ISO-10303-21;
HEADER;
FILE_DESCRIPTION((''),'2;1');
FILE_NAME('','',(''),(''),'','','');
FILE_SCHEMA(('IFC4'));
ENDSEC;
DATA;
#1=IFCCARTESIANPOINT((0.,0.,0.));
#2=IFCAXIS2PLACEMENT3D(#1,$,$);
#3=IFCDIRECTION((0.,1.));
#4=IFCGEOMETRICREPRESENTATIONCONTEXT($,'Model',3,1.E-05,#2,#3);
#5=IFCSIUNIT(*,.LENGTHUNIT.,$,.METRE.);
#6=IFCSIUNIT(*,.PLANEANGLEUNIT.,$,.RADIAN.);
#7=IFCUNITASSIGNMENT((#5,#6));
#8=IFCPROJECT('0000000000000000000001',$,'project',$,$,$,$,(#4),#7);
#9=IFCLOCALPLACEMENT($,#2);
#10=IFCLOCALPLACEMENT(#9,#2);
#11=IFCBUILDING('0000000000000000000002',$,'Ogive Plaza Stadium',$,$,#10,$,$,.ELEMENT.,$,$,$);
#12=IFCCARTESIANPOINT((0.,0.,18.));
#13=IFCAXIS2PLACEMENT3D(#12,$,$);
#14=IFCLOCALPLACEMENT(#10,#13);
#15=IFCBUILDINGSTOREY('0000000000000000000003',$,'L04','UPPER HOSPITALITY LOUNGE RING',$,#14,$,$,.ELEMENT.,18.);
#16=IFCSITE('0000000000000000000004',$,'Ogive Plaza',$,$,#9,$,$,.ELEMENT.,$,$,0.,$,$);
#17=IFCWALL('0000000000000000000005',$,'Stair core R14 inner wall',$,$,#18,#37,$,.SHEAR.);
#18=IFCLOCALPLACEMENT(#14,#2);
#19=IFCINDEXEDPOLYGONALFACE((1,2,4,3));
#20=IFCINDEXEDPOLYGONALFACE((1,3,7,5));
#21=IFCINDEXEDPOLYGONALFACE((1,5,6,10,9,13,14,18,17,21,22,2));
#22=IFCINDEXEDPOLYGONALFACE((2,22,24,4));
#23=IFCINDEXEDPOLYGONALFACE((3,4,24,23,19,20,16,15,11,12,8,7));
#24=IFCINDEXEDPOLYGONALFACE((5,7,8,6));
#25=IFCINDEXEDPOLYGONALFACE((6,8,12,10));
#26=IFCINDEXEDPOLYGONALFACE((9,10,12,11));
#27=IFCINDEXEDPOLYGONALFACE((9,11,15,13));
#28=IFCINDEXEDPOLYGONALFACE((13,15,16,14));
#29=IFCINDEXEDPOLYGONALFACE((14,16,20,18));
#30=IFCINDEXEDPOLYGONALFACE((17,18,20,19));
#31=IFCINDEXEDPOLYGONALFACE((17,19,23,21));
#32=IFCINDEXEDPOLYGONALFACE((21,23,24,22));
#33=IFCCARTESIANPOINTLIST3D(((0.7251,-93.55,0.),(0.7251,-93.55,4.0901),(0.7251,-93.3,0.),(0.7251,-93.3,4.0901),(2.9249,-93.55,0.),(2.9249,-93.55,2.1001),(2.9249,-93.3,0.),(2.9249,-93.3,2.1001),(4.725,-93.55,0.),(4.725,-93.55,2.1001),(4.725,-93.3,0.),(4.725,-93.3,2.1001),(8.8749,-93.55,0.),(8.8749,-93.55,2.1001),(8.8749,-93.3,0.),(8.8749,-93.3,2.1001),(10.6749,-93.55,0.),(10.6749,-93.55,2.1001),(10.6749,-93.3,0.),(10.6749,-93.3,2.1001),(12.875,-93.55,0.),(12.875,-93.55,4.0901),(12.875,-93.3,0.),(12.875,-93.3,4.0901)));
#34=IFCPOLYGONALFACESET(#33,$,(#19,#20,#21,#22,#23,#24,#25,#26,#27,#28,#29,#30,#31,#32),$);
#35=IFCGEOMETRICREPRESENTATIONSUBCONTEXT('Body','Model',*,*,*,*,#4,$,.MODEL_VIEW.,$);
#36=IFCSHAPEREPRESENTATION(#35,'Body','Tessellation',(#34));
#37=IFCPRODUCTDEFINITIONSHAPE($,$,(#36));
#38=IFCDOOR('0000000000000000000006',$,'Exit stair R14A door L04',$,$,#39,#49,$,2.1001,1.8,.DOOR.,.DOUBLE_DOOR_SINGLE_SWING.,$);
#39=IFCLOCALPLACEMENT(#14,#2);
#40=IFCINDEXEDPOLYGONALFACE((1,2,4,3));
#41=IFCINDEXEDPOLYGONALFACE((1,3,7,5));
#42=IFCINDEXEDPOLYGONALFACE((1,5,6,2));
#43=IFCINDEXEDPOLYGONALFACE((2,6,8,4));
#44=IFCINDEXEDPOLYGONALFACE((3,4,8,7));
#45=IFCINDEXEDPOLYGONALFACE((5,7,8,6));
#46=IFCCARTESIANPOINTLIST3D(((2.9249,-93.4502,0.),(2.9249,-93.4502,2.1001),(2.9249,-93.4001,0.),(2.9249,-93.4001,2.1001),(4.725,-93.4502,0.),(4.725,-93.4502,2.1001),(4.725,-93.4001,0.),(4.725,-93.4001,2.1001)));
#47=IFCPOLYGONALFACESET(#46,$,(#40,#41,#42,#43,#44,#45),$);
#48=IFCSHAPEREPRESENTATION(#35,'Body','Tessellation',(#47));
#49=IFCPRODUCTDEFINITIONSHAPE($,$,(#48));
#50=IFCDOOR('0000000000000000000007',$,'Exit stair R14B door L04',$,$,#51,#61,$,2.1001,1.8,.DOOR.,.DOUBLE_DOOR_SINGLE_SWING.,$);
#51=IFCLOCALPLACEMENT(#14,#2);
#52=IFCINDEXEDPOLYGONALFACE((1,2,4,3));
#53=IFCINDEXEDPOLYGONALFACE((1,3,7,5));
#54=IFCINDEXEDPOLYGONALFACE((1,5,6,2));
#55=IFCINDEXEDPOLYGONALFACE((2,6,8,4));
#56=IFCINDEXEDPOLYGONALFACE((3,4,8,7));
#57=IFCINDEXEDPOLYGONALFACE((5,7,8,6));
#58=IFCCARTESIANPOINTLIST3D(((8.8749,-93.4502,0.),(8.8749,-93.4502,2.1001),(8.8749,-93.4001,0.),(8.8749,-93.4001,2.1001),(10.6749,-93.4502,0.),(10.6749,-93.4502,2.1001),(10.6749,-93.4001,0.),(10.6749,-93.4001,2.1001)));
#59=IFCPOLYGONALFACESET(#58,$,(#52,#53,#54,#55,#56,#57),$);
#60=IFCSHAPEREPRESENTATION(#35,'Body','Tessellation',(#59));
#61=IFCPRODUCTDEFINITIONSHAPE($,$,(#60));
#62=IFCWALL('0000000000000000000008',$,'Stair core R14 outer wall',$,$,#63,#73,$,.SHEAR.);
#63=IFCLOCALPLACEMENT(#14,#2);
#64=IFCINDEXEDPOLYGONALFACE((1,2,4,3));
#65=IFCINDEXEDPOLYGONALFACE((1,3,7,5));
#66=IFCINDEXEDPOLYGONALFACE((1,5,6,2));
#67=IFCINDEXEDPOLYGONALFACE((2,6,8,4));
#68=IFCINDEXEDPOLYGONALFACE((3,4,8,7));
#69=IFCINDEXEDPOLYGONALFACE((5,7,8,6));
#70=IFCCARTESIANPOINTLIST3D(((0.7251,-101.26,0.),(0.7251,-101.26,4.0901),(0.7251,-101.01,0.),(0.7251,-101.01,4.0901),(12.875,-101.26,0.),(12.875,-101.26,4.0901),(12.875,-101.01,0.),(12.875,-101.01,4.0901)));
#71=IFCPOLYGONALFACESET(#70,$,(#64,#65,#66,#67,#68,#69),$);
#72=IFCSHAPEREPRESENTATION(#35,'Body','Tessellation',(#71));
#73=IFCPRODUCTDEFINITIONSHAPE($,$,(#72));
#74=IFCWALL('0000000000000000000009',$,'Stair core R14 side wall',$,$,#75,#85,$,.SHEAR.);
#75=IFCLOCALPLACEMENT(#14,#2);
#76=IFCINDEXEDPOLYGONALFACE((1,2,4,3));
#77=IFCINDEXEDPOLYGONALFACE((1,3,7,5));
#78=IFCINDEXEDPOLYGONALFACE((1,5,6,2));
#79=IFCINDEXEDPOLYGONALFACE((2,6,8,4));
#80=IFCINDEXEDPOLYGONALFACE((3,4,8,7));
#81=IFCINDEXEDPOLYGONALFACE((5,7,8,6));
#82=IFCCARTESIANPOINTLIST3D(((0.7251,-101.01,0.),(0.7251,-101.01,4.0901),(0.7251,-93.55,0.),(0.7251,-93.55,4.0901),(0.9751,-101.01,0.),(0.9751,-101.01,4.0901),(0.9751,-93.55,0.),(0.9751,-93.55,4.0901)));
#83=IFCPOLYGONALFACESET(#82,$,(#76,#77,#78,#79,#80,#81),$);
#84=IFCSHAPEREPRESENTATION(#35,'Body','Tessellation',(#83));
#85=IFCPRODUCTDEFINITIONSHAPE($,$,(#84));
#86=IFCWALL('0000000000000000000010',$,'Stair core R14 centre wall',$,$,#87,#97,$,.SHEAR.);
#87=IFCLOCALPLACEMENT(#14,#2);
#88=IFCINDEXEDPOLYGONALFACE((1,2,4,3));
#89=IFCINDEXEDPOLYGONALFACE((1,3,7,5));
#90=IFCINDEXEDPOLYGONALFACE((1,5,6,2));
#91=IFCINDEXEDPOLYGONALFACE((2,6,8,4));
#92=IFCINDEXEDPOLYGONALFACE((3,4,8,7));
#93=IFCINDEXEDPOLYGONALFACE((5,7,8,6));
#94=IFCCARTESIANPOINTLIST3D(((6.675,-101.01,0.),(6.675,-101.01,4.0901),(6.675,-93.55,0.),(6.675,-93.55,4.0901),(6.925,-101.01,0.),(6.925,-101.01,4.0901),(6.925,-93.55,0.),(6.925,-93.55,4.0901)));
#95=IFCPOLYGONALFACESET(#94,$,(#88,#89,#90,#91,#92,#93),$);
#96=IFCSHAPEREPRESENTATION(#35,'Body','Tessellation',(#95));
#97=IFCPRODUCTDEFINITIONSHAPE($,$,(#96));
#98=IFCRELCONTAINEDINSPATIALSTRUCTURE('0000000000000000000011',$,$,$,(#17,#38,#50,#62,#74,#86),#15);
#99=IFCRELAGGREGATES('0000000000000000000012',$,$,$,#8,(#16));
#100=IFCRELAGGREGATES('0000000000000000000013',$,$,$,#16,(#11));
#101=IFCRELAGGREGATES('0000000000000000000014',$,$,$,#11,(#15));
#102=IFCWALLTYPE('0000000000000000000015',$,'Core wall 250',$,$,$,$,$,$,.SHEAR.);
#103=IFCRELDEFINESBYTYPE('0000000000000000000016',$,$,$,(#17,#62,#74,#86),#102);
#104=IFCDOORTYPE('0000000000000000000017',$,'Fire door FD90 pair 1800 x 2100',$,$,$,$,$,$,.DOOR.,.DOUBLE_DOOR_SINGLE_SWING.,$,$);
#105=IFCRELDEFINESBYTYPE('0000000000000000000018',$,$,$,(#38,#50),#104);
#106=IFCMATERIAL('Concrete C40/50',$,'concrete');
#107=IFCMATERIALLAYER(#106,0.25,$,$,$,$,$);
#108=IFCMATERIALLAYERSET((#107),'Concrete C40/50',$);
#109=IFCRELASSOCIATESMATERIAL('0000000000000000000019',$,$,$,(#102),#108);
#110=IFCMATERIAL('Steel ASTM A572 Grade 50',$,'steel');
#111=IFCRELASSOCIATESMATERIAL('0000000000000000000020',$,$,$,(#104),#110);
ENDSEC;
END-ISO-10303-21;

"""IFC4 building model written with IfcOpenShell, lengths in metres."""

from ifc_helpers import new_model, si_unit, direction, frame, frame_2d, origin, place, context, subcontext, project, spatial, rectangle, extrude, material, layer, layer_set, type_object, element, fill, save


model = new_model("IFC4")

# Units and contexts
model_context = context("Model", 3, precision=1e-05, world=origin(), true_north=direction((0.0, 1.0)))
body_context = subcontext(model_context, "Body", "Model", "MODEL_VIEW")
ifc_project = project(units=[si_unit("LENGTHUNIT", "METRE"), si_unit("PLANEANGLEUNIT", "RADIAN")], contexts=[model_context])

# Site, building, storey
site_placement = place(None, origin())
site = spatial("IfcSite", under=ifc_project, at=site_placement, Name="Ogive Plaza", CompositionType="ELEMENT", RefElevation=0.0)
building_placement = place(site_placement, origin())
building = spatial("IfcBuilding", under=site, at=building_placement, Name="Ogive Plaza Stadium", CompositionType="ELEMENT")
storey_placement = place(building_placement, frame((0.0, 0.0, 18.0)))
storey = spatial("IfcBuildingStorey", under=building, at=storey_placement, Name="L04", Description="UPPER HOSPITALITY LOUNGE RING", CompositionType="ELEMENT", Elevation=18.0)

# Wall, openings, doors
ifc_material_1 = material(Name="Concrete C40/50", Category="concrete")
ifc_layer_1 = layer(ifc_material_1, 0.25)
ifc_layer_set_1 = layer_set([ifc_layer_1], Name="Concrete C40/50")
wall_type = type_object("IfcWallType", Name="Core wall 250", PredefinedType="SHEAR", material=ifc_layer_set_1)
wall_1_placement = place(storey_placement, frame((0.7251, -93.425, 0.0), z_axis=(0.0, 0.0, 1.0), x_axis=(1.0, 0.0, 0.0)))
wall_1 = element("IfcWall", 1, at=wall_1_placement, inside=storey, type_object=wall_type, Name="Stair core R14 inner wall", PredefinedType="SHEAR", context=body_context, shape_type="SweptSolid", body=[
    extrude(rectangle(XDim=12.1499, YDim=0.25, at=frame_2d((6.075, 0.0))), origin(), (0.0, 0.0, 1.0), 4.0901),
])
opening_1_placement = place(wall_1_placement, frame((2.2, 0.0, 0.0)))
opening_1 = element("IfcOpeningElement", 2, at=opening_1_placement, cuts=wall_1, PredefinedType="OPENING", context=body_context, shape_type="SweptSolid", body=[
    extrude(rectangle(XDim=1.8, YDim=2.1001, at=frame_2d((0.8999, 1.05))), frame((0.0, 0.125, 0.0), z_axis=(0.0, -1.0, 0.0), x_axis=(1.0, 0.0, 0.0)), (0.0, 0.0, 1.0), 0.25),
])
opening_2_placement = place(wall_1_placement, frame((8.1499, 0.0, 0.0)))
opening_2 = element("IfcOpeningElement", 3, at=opening_2_placement, cuts=wall_1, PredefinedType="OPENING", context=body_context, shape_type="SweptSolid", body=[
    extrude(rectangle(XDim=1.8, YDim=2.1001, at=frame_2d((0.8999, 1.05))), frame((0.0, 0.125, 0.0), z_axis=(0.0, -1.0, 0.0), x_axis=(1.0, 0.0, 0.0)), (0.0, 0.0, 1.0), 0.25),
])
ifc_material_2 = material(Name="Steel ASTM A572 Grade 50", Category="steel")
door_type = type_object("IfcDoorType", Name="Fire door FD90 pair 1800 x 2100", OperationType="DOUBLE_DOOR_SINGLE_SWING", PredefinedType="DOOR", material=ifc_material_2)
door_1_placement = place(opening_1_placement, origin())
door_1 = element("IfcDoor", 4, at=door_1_placement, inside=storey, type_object=door_type, Name="Exit stair R14A door L04", OperationType="DOUBLE_DOOR_SINGLE_SWING", OverallHeight=2.1001, OverallWidth=1.8, PredefinedType="DOOR", context=body_context, shape_type="SweptSolid", body=[
    extrude(rectangle(XDim=1.8, YDim=2.1001, at=frame_2d((0.8999, 1.05))), frame((0.0, 0.0249, 0.0), z_axis=(0.0, -1.0, 0.0), x_axis=(1.0, 0.0, 0.0)), (0.0, 0.0, 1.0), 0.05),
])
fill(opening_1, door_1)
door_2_placement = place(opening_2_placement, origin())
door_2 = element("IfcDoor", 5, at=door_2_placement, inside=storey, type_object=door_type, Name="Exit stair R14B door L04", OperationType="DOUBLE_DOOR_SINGLE_SWING", OverallHeight=2.1001, OverallWidth=1.8, PredefinedType="DOOR", context=body_context, shape_type="SweptSolid", body=[
    extrude(rectangle(XDim=1.8, YDim=2.1001, at=frame_2d((0.8999, 1.05))), frame((0.0, 0.0249, 0.0), z_axis=(0.0, -1.0, 0.0), x_axis=(1.0, 0.0, 0.0)), (0.0, 0.0, 1.0), 0.05),
])
fill(opening_2, door_2)

# Walls
wall_2_placement = place(storey_placement, frame((0.7251, -101.135, 0.0), z_axis=(0.0, 0.0, 1.0), x_axis=(1.0, 0.0, 0.0)))
element("IfcWall", 6, at=wall_2_placement, inside=storey, type_object=wall_type, Name="Stair core R14 outer wall", PredefinedType="SHEAR", context=body_context, shape_type="SweptSolid", body=[
    extrude(rectangle(XDim=12.1499, YDim=0.25, at=frame_2d((6.075, 0.0))), origin(), (0.0, 0.0, 1.0), 4.0901),
])
for number, where, z_axis, x_axis, name in (
    (7, (0.8501, -93.55, 0.0), (0.0, 0.0, 1.0), (0.0, -1.0, 0.0), "Stair core R14 side wall"),
    (8, (6.8, -93.55, 0.0), (0.0, 0.0, 1.0), (0.0, -1.0, 0.0), "Stair core R14 centre wall"),
):
    element("IfcWall", number, at=place(storey_placement, frame(where, z_axis=z_axis, x_axis=x_axis)), inside=storey, type_object=wall_type, Name=name, PredefinedType="SHEAR", context=body_context, shape_type="SweptSolid", body=[
        extrude(rectangle(XDim=7.46, YDim=0.25, at=frame_2d((3.73, 0.0))), origin(), (0.0, 0.0, 1.0), 4.0901),
    ])

save(model, "model.ifc")
